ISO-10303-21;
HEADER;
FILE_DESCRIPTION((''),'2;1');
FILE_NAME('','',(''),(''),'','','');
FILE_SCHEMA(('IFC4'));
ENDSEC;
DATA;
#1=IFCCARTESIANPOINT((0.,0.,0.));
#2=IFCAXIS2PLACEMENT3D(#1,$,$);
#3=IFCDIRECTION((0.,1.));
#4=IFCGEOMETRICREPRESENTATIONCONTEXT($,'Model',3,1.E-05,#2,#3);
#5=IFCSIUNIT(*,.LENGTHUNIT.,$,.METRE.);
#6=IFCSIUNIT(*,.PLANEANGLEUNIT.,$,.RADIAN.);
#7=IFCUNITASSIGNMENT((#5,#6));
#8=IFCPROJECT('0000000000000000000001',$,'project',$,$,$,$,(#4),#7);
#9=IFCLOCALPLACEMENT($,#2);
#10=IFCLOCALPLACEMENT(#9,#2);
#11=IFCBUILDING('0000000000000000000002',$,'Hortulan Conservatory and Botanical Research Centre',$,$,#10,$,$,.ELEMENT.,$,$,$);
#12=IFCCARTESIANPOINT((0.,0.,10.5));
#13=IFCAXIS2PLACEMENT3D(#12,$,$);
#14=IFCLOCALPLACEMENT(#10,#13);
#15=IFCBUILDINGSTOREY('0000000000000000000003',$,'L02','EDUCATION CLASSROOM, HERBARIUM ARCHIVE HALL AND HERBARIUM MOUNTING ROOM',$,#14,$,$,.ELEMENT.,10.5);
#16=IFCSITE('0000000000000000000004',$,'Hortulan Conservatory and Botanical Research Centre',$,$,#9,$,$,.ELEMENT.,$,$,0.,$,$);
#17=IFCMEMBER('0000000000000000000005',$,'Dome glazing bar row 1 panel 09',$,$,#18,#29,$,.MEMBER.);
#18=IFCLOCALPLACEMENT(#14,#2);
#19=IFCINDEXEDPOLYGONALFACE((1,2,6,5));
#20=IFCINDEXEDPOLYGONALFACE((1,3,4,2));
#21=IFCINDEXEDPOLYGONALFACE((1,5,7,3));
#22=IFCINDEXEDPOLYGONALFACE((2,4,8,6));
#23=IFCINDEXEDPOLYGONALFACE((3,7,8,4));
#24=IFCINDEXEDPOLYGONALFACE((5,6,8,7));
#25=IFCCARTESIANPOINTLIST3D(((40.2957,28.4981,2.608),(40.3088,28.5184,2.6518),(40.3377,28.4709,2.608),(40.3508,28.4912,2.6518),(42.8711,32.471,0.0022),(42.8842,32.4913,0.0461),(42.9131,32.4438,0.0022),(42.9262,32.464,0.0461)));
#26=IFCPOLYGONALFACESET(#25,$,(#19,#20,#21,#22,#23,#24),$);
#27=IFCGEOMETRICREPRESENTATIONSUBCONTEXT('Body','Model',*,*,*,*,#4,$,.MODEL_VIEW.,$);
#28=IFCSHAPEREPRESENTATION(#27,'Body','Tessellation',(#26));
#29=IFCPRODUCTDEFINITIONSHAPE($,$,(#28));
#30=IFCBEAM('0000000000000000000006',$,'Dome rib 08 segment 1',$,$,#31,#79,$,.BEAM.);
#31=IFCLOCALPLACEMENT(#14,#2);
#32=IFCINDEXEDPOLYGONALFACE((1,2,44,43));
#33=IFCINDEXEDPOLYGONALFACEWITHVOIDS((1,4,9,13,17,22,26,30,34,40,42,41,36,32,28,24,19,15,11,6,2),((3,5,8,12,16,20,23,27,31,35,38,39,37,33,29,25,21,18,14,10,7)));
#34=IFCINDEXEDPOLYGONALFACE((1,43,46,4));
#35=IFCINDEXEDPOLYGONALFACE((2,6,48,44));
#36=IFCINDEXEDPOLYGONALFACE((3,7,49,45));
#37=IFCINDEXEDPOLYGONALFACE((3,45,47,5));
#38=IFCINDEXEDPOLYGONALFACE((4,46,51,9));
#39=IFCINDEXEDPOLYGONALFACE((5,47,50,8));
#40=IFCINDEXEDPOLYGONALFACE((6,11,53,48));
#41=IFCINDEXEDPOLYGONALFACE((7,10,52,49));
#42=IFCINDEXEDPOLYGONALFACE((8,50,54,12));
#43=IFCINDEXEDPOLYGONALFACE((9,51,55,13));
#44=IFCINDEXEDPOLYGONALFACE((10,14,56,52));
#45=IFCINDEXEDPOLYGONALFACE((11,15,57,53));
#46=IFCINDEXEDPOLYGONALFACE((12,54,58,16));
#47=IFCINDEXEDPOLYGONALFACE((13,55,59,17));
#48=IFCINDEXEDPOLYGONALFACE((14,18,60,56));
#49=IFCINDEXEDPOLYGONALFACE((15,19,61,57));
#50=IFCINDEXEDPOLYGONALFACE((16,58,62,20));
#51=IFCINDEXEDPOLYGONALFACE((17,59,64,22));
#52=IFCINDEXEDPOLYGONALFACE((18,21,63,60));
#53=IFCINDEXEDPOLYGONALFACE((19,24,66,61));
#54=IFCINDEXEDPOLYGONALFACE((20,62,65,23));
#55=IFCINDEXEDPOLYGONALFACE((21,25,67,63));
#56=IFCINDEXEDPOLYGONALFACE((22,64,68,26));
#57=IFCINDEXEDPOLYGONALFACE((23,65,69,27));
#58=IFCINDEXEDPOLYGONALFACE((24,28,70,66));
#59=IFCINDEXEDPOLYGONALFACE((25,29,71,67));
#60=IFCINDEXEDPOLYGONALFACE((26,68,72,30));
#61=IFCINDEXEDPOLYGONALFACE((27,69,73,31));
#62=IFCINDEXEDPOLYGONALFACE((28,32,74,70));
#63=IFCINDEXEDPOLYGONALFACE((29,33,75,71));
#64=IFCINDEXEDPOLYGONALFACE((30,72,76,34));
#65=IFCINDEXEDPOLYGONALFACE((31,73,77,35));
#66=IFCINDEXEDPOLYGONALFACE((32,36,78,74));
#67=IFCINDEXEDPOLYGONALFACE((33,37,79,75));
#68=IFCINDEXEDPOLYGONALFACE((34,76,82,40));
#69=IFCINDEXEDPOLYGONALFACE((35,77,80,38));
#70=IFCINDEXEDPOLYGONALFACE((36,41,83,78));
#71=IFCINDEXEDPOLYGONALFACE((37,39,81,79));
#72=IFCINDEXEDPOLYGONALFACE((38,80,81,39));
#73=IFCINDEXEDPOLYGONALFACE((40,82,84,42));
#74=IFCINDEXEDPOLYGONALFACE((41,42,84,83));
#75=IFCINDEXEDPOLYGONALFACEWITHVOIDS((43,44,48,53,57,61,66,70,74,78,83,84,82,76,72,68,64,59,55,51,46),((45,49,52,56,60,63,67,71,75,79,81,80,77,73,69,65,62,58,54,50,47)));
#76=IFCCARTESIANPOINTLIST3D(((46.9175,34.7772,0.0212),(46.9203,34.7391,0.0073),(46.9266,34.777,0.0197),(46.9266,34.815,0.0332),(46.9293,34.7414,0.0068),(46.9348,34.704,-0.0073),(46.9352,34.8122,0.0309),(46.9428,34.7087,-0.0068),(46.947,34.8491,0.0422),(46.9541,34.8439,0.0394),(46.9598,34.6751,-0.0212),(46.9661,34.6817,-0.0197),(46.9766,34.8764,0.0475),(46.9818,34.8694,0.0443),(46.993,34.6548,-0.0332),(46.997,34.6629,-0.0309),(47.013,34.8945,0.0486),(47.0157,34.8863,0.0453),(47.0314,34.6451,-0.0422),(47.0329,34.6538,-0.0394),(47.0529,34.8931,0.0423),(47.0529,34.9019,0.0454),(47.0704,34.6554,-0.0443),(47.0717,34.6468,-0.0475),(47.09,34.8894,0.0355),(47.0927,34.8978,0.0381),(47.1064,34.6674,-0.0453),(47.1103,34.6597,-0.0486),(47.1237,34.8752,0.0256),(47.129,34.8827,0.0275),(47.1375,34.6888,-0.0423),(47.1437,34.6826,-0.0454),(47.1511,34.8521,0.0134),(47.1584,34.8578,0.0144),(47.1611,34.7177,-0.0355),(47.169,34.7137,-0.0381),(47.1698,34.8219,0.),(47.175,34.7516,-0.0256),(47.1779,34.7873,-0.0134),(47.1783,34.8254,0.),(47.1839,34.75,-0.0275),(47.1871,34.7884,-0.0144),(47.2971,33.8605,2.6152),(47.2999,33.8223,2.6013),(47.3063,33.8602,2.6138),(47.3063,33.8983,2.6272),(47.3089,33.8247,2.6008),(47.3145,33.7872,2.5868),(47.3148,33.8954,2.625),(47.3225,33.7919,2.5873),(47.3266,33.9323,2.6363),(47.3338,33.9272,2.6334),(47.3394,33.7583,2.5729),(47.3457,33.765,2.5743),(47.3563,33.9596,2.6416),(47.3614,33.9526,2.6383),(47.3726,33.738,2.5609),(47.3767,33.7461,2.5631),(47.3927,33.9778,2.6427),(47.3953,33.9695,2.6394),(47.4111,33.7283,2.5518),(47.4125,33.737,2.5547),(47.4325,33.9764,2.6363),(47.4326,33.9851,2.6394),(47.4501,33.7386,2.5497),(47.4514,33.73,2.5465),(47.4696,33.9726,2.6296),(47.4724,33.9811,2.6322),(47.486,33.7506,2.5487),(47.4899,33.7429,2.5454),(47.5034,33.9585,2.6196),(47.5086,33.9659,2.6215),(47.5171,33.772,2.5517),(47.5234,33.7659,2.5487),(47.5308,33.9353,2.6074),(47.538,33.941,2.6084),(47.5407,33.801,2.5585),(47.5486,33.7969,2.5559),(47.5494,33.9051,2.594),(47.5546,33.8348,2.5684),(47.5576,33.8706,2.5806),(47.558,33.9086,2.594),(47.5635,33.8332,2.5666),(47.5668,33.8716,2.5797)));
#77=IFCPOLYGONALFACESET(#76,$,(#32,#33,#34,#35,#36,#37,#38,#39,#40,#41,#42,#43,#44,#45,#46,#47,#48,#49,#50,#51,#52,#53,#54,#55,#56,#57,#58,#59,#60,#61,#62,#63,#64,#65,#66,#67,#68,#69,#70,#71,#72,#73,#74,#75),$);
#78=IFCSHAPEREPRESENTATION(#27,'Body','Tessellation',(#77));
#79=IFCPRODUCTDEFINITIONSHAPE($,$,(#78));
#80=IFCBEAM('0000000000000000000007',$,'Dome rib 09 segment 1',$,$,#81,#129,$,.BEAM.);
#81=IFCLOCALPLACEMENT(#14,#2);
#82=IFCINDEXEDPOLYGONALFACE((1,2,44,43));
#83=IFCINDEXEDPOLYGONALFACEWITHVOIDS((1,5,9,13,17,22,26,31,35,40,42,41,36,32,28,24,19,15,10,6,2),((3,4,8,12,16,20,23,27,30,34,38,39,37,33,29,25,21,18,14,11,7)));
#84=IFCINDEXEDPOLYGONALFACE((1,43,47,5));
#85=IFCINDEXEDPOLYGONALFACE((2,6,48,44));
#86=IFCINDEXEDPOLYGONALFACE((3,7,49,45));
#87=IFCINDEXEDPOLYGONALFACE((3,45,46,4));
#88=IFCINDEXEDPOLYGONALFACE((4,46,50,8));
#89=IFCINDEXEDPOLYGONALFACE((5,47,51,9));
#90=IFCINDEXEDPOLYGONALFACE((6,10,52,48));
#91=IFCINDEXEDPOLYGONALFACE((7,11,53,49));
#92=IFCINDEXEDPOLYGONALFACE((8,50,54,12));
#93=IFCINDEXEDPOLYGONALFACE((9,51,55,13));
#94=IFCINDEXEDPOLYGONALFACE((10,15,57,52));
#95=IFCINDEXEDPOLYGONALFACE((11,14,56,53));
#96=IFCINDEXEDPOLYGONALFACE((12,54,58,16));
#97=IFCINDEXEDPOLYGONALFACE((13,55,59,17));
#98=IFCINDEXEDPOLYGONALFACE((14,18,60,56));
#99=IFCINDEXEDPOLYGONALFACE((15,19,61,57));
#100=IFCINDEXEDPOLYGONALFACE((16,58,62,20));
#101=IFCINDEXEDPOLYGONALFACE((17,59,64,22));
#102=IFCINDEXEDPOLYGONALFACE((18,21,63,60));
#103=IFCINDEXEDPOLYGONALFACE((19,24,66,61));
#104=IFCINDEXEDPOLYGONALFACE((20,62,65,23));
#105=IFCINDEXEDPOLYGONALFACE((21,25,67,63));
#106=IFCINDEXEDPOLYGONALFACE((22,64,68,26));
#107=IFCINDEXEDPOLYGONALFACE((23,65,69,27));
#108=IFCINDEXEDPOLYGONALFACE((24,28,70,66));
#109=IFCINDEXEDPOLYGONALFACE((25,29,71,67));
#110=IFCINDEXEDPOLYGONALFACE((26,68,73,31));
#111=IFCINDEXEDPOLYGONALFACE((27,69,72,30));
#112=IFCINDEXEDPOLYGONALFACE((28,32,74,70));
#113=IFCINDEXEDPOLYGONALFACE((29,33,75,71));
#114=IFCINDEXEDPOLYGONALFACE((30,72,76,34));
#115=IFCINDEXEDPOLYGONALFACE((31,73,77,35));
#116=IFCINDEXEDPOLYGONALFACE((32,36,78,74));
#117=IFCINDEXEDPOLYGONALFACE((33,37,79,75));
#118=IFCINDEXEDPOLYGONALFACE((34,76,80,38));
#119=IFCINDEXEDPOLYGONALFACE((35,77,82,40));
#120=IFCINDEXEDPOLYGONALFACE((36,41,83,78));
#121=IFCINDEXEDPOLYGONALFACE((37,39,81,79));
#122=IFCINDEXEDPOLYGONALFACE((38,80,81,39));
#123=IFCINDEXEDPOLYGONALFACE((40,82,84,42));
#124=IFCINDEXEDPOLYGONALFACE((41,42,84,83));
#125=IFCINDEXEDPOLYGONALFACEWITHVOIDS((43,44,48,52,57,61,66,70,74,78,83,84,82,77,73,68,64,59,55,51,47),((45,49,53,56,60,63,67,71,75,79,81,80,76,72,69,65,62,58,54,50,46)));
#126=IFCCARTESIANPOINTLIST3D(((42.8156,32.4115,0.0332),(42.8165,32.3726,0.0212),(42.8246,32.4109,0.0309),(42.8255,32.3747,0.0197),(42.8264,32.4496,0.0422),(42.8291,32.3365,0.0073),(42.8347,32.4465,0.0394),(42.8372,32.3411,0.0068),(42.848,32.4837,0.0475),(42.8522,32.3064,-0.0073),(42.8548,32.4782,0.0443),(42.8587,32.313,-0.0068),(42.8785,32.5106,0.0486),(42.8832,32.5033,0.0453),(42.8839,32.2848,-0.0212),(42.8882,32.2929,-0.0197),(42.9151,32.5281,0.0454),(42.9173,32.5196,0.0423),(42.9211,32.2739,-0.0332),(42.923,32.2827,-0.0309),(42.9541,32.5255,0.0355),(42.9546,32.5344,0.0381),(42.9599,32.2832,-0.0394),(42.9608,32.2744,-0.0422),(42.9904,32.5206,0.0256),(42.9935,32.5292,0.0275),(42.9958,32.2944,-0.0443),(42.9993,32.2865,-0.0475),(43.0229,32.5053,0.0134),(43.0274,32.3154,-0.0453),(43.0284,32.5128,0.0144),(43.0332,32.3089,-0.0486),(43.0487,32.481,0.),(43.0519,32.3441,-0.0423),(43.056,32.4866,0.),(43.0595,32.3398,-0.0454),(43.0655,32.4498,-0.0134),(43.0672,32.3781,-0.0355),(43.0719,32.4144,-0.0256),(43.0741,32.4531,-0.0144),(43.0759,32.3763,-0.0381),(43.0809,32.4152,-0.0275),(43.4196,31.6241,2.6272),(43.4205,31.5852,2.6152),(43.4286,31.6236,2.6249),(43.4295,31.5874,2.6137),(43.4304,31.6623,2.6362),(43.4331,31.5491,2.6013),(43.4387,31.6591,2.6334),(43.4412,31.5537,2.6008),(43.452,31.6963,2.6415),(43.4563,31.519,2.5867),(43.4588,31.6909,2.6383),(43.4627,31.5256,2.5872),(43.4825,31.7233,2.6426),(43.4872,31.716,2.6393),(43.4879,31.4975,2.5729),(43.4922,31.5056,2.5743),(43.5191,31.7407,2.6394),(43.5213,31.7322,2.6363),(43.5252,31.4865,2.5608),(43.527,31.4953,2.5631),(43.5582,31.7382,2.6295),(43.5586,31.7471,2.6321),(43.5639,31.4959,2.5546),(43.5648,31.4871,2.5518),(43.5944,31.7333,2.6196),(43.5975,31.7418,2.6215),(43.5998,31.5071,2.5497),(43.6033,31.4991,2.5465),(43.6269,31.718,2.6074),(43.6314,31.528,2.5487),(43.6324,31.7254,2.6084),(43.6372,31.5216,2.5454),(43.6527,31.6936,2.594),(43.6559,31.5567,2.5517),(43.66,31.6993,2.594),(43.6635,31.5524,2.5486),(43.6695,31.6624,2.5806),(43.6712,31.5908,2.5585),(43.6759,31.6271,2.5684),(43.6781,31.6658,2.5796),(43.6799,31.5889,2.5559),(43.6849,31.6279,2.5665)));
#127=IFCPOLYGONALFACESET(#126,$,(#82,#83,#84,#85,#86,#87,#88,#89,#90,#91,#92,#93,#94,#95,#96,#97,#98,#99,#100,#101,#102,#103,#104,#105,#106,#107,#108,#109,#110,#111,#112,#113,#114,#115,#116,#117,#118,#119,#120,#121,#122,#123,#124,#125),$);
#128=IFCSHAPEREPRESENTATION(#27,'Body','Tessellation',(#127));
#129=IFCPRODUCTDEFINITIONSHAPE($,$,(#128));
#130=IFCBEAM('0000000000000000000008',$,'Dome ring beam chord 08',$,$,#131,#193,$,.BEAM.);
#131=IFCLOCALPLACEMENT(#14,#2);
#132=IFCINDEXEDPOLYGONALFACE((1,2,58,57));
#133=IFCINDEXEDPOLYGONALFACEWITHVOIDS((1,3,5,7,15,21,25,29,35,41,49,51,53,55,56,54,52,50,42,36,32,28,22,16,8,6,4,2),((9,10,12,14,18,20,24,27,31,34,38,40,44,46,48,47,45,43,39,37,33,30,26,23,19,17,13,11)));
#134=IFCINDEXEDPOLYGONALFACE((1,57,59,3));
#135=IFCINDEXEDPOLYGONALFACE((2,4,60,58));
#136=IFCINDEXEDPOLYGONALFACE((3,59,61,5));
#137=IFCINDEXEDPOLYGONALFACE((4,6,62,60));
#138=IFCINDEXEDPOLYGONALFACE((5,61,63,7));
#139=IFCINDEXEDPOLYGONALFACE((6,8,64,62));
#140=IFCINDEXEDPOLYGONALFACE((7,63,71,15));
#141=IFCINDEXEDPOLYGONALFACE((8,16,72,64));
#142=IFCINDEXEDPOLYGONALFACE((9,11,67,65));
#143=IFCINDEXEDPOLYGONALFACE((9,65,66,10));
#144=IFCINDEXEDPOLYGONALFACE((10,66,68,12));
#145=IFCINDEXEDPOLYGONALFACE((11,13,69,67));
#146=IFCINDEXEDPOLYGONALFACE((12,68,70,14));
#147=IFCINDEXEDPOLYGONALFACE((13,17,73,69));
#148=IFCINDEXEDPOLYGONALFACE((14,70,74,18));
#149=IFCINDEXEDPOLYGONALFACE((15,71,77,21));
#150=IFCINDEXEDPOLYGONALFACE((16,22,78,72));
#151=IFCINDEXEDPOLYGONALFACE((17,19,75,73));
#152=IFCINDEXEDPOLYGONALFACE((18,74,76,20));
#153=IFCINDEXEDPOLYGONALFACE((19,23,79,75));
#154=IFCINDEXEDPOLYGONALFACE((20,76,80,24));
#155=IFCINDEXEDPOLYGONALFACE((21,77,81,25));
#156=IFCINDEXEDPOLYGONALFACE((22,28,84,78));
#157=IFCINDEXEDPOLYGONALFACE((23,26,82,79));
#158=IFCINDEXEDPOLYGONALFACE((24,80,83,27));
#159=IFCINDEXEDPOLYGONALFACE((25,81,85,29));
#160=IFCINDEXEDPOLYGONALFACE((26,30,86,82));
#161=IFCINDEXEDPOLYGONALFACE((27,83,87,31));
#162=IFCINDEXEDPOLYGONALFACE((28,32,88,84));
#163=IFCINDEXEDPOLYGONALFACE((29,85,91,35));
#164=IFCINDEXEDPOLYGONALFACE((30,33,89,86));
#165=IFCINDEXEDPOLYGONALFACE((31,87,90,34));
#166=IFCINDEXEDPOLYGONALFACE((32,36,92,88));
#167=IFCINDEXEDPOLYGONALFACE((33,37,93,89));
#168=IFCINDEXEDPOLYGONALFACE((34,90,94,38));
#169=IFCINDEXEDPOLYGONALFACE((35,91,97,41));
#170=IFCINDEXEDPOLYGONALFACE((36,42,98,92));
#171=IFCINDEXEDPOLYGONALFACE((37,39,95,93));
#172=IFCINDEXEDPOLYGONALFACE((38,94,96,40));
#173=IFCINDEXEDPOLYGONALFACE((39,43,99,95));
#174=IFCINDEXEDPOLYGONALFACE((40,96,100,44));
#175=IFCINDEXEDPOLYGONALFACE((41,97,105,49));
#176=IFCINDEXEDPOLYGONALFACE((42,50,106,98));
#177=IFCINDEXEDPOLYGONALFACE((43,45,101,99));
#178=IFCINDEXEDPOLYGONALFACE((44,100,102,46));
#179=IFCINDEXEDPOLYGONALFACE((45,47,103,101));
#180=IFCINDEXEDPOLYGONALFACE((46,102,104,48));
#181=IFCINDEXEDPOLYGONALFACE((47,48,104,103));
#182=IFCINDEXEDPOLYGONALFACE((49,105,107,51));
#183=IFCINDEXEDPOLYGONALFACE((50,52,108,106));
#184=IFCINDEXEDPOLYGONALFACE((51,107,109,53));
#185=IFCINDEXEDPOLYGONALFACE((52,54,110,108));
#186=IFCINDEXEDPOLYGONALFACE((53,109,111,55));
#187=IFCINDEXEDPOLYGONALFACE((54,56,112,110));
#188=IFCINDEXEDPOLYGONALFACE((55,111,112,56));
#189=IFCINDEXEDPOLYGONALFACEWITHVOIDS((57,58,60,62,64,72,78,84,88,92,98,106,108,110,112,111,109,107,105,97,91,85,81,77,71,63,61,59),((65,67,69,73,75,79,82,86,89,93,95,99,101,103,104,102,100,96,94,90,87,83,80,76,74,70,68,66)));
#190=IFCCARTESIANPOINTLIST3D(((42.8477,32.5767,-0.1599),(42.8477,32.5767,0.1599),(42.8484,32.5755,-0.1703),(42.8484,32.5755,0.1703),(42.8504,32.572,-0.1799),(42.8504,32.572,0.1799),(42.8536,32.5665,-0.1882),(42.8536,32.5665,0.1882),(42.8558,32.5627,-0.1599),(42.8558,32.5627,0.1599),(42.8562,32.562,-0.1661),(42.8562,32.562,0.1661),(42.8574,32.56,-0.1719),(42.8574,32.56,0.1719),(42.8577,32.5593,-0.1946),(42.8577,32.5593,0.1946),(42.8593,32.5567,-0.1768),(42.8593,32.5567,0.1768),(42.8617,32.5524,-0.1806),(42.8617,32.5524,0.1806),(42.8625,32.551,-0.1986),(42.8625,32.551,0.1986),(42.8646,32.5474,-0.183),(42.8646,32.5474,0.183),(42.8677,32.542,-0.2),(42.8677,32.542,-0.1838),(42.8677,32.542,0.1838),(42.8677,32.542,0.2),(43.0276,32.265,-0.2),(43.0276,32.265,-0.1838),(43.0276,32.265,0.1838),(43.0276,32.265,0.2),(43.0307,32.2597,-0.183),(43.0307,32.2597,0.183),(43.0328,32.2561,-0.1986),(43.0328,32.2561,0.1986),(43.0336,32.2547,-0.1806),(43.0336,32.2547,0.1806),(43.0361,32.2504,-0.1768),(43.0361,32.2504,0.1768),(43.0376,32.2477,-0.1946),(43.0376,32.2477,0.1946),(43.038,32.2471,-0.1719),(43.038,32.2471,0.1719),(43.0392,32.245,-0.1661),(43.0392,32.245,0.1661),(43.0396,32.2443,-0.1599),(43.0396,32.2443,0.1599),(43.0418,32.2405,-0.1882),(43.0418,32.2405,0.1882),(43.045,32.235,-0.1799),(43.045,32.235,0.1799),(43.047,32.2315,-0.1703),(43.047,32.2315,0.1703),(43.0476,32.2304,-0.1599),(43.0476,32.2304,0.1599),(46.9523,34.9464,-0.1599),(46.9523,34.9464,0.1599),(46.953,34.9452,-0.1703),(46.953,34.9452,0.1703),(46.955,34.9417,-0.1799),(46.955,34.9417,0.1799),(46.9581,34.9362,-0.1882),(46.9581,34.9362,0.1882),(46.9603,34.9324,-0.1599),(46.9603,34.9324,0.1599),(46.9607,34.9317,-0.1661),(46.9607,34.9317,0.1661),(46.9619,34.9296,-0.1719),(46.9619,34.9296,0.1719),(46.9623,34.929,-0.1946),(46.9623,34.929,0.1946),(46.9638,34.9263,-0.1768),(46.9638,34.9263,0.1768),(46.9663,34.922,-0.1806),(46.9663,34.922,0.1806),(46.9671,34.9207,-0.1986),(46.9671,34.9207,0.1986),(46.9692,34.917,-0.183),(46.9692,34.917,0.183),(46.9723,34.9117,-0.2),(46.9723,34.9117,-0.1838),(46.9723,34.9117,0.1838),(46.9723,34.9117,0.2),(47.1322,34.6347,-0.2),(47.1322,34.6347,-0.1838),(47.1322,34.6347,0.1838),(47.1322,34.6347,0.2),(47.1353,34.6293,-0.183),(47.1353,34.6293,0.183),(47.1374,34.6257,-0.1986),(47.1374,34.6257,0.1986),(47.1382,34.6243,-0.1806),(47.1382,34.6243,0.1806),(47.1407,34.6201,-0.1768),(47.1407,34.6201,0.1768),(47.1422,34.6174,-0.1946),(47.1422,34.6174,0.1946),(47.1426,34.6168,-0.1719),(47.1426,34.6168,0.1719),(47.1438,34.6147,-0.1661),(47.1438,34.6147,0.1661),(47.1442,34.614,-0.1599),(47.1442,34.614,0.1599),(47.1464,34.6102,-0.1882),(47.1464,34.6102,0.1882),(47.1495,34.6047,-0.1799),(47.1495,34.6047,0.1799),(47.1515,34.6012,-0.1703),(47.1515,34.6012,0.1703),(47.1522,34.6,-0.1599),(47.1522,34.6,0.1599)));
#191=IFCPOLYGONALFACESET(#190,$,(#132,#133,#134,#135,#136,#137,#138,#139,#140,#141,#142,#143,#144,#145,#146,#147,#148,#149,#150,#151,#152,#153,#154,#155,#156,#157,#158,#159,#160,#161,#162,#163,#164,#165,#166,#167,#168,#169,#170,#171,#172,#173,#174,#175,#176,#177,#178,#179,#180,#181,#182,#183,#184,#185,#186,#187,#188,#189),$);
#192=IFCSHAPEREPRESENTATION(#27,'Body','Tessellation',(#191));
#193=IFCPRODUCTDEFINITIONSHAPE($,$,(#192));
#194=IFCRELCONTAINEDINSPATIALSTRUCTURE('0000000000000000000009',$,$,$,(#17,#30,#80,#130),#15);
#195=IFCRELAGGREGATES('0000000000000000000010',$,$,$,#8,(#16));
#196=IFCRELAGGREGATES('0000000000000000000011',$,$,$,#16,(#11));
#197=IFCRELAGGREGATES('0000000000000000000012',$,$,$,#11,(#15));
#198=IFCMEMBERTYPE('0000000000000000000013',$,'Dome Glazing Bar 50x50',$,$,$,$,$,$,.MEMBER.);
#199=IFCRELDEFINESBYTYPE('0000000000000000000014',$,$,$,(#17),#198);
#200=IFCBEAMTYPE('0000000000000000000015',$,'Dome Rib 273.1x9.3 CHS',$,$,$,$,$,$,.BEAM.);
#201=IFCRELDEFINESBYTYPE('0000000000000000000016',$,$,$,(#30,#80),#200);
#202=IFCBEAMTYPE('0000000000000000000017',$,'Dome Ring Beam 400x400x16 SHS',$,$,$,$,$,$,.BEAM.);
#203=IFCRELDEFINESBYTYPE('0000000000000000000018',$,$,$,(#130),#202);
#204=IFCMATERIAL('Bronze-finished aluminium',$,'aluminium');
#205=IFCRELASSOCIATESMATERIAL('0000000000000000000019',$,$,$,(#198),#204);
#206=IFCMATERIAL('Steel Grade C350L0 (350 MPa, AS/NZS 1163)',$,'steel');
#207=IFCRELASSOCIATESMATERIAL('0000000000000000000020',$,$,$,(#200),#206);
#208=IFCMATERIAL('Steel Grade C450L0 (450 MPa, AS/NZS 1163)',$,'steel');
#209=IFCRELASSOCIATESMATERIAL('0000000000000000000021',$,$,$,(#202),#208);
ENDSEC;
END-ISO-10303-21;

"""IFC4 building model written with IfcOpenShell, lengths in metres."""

from ifc_helpers import new_model, si_unit, direction, frame, origin, origin_2d, place, context, subcontext, project, spatial, rectangle, hollow_rectangle, hollow_circle, extrude, material, material_profile, profile_set, type_object, element, save


model = new_model("IFC4")

# Units and contexts
model_context = context("Model", 3, precision=1e-05, world=origin(), true_north=direction((0.0, 1.0)))
body_context = subcontext(model_context, "Body", "Model", "MODEL_VIEW")
ifc_project = project(units=[si_unit("LENGTHUNIT", "METRE"), si_unit("PLANEANGLEUNIT", "RADIAN")], contexts=[model_context])

# Site, building, storey
site_placement = place(None, origin())
site = spatial("IfcSite", under=ifc_project, at=site_placement, Name="Hortulan Conservatory and Botanical Research Centre", CompositionType="ELEMENT", RefElevation=0.0)
building_placement = place(site_placement, origin())
building = spatial("IfcBuilding", under=site, at=building_placement, Name="Hortulan Conservatory and Botanical Research Centre", CompositionType="ELEMENT")
storey_placement = place(building_placement, frame((0.0, 0.0, 10.5)))
storey = spatial("IfcBuildingStorey", under=building, at=storey_placement, Name="L02", Description="EDUCATION CLASSROOM, HERBARIUM ARCHIVE HALL AND HERBARIUM MOUNTING ROOM", CompositionType="ELEMENT", Elevation=10.5)

# Shared definitions
ifc_material_1 = material(Name="Bronze-finished aluminium", Category="aluminium")

# Member
ifc_material_profile_1 = material_profile(ifc_material_1, rectangle(XDim=0.05, YDim=0.05, at=origin_2d()), Name="Square bar 50x50")
ifc_profile_set_1 = profile_set([ifc_material_profile_1], Name="Bronze-finished aluminium")
member_type_1 = type_object("IfcMemberType", Name="Dome Glazing Bar 50x50", PredefinedType="MEMBER", material=ifc_profile_set_1)
member_1_placement = place(storey_placement, frame((42.8987, 32.4675, 0.0242), z_axis=(-0.476553, -0.735136, 0.482155), x_axis=(0.839113, -0.543957, 0.0)))
element("IfcMember", 1, at=member_1_placement, inside=storey, type_object=member_type_1, Name="Dome glazing bar row 1 panel 09", PredefinedType="MEMBER", context=body_context, shape_type="SweptSolid", body=[
    extrude(rectangle(XDim=0.05, YDim=0.05, at=origin_2d()), origin(), (0.0, 0.0, 1.0), 5.4043),
])

# Beams
ifc_material_2 = material(Name="Steel Grade C350L0 (350 MPa, AS/NZS 1163)", Category="steel")
ifc_material_profile_2 = material_profile(ifc_material_2, hollow_circle(Radius=0.1365, WallThickness=0.0093, at=origin_2d()), Name="273.1x9.3CHS")
ifc_profile_set_2 = profile_set([ifc_material_profile_2], Name="Steel Grade C350L0 (350 MPa, AS/NZS 1163)")
beam_type_1 = type_object("IfcBeamType", Name="Dome Rib 273.1x9.3 CHS", PredefinedType="BEAM", material=ifc_profile_set_2)
for number, where, z_axis, x_axis, name in (
    (2, (47.0522, 34.7732, 0.0), (0.136694, -0.330087, 0.934001), (0.923912, 0.382605, 0.0), "Dome rib 08 segment 1"),
    (3, (42.9478, 32.4036, 0.0), (0.217477, -0.283493, 0.933989), (0.793428, 0.608664, 0.0), "Dome rib 09 segment 1"),
):
    element("IfcBeam", number, at=place(storey_placement, frame(where, z_axis=z_axis, x_axis=x_axis)), inside=storey, type_object=beam_type_1, Name=name, PredefinedType="BEAM", context=body_context, shape_type="SweptSolid", body=[
        extrude(hollow_circle(Radius=0.1365, WallThickness=0.0093, at=origin_2d()), origin(), (0.0, 0.0, 1.0), 2.7773),
    ])
ifc_material_3 = material(Name="Steel Grade C450L0 (450 MPa, AS/NZS 1163)", Category="steel")
ifc_material_profile_3 = material_profile(ifc_material_3, hollow_rectangle(XDim=0.3999, YDim=0.3999, WallThickness=0.0161, InnerFilletRadius=0.0239, OuterFilletRadius=0.04, at=origin_2d()), Name="400x400x16SHS")
ifc_profile_set_3 = profile_set([ifc_material_profile_3], Name="Steel Grade C450L0 (450 MPa, AS/NZS 1163)")
beam_type_2 = type_object("IfcBeamType", Name="Dome Ring Beam 400x400x16 SHS", PredefinedType="BEAM", material=ifc_profile_set_3)
beam_placement = place(storey_placement, frame((47.0522, 34.7732, 0.0), z_axis=(-0.866035, -0.499984, 0.0), x_axis=(0.499984, -0.866035, 0.0)))
element("IfcBeam", 4, at=beam_placement, inside=storey, type_object=beam_type_2, Name="Dome ring beam chord 08", PredefinedType="BEAM", context=body_context, shape_type="SweptSolid", body=[
    extrude(hollow_rectangle(XDim=0.3999, YDim=0.3999, WallThickness=0.0161, InnerFilletRadius=0.0239, OuterFilletRadius=0.04, at=origin_2d()), origin(), (0.0, 0.0, 1.0), 4.7395),
])

save(model, "model.ifc")
